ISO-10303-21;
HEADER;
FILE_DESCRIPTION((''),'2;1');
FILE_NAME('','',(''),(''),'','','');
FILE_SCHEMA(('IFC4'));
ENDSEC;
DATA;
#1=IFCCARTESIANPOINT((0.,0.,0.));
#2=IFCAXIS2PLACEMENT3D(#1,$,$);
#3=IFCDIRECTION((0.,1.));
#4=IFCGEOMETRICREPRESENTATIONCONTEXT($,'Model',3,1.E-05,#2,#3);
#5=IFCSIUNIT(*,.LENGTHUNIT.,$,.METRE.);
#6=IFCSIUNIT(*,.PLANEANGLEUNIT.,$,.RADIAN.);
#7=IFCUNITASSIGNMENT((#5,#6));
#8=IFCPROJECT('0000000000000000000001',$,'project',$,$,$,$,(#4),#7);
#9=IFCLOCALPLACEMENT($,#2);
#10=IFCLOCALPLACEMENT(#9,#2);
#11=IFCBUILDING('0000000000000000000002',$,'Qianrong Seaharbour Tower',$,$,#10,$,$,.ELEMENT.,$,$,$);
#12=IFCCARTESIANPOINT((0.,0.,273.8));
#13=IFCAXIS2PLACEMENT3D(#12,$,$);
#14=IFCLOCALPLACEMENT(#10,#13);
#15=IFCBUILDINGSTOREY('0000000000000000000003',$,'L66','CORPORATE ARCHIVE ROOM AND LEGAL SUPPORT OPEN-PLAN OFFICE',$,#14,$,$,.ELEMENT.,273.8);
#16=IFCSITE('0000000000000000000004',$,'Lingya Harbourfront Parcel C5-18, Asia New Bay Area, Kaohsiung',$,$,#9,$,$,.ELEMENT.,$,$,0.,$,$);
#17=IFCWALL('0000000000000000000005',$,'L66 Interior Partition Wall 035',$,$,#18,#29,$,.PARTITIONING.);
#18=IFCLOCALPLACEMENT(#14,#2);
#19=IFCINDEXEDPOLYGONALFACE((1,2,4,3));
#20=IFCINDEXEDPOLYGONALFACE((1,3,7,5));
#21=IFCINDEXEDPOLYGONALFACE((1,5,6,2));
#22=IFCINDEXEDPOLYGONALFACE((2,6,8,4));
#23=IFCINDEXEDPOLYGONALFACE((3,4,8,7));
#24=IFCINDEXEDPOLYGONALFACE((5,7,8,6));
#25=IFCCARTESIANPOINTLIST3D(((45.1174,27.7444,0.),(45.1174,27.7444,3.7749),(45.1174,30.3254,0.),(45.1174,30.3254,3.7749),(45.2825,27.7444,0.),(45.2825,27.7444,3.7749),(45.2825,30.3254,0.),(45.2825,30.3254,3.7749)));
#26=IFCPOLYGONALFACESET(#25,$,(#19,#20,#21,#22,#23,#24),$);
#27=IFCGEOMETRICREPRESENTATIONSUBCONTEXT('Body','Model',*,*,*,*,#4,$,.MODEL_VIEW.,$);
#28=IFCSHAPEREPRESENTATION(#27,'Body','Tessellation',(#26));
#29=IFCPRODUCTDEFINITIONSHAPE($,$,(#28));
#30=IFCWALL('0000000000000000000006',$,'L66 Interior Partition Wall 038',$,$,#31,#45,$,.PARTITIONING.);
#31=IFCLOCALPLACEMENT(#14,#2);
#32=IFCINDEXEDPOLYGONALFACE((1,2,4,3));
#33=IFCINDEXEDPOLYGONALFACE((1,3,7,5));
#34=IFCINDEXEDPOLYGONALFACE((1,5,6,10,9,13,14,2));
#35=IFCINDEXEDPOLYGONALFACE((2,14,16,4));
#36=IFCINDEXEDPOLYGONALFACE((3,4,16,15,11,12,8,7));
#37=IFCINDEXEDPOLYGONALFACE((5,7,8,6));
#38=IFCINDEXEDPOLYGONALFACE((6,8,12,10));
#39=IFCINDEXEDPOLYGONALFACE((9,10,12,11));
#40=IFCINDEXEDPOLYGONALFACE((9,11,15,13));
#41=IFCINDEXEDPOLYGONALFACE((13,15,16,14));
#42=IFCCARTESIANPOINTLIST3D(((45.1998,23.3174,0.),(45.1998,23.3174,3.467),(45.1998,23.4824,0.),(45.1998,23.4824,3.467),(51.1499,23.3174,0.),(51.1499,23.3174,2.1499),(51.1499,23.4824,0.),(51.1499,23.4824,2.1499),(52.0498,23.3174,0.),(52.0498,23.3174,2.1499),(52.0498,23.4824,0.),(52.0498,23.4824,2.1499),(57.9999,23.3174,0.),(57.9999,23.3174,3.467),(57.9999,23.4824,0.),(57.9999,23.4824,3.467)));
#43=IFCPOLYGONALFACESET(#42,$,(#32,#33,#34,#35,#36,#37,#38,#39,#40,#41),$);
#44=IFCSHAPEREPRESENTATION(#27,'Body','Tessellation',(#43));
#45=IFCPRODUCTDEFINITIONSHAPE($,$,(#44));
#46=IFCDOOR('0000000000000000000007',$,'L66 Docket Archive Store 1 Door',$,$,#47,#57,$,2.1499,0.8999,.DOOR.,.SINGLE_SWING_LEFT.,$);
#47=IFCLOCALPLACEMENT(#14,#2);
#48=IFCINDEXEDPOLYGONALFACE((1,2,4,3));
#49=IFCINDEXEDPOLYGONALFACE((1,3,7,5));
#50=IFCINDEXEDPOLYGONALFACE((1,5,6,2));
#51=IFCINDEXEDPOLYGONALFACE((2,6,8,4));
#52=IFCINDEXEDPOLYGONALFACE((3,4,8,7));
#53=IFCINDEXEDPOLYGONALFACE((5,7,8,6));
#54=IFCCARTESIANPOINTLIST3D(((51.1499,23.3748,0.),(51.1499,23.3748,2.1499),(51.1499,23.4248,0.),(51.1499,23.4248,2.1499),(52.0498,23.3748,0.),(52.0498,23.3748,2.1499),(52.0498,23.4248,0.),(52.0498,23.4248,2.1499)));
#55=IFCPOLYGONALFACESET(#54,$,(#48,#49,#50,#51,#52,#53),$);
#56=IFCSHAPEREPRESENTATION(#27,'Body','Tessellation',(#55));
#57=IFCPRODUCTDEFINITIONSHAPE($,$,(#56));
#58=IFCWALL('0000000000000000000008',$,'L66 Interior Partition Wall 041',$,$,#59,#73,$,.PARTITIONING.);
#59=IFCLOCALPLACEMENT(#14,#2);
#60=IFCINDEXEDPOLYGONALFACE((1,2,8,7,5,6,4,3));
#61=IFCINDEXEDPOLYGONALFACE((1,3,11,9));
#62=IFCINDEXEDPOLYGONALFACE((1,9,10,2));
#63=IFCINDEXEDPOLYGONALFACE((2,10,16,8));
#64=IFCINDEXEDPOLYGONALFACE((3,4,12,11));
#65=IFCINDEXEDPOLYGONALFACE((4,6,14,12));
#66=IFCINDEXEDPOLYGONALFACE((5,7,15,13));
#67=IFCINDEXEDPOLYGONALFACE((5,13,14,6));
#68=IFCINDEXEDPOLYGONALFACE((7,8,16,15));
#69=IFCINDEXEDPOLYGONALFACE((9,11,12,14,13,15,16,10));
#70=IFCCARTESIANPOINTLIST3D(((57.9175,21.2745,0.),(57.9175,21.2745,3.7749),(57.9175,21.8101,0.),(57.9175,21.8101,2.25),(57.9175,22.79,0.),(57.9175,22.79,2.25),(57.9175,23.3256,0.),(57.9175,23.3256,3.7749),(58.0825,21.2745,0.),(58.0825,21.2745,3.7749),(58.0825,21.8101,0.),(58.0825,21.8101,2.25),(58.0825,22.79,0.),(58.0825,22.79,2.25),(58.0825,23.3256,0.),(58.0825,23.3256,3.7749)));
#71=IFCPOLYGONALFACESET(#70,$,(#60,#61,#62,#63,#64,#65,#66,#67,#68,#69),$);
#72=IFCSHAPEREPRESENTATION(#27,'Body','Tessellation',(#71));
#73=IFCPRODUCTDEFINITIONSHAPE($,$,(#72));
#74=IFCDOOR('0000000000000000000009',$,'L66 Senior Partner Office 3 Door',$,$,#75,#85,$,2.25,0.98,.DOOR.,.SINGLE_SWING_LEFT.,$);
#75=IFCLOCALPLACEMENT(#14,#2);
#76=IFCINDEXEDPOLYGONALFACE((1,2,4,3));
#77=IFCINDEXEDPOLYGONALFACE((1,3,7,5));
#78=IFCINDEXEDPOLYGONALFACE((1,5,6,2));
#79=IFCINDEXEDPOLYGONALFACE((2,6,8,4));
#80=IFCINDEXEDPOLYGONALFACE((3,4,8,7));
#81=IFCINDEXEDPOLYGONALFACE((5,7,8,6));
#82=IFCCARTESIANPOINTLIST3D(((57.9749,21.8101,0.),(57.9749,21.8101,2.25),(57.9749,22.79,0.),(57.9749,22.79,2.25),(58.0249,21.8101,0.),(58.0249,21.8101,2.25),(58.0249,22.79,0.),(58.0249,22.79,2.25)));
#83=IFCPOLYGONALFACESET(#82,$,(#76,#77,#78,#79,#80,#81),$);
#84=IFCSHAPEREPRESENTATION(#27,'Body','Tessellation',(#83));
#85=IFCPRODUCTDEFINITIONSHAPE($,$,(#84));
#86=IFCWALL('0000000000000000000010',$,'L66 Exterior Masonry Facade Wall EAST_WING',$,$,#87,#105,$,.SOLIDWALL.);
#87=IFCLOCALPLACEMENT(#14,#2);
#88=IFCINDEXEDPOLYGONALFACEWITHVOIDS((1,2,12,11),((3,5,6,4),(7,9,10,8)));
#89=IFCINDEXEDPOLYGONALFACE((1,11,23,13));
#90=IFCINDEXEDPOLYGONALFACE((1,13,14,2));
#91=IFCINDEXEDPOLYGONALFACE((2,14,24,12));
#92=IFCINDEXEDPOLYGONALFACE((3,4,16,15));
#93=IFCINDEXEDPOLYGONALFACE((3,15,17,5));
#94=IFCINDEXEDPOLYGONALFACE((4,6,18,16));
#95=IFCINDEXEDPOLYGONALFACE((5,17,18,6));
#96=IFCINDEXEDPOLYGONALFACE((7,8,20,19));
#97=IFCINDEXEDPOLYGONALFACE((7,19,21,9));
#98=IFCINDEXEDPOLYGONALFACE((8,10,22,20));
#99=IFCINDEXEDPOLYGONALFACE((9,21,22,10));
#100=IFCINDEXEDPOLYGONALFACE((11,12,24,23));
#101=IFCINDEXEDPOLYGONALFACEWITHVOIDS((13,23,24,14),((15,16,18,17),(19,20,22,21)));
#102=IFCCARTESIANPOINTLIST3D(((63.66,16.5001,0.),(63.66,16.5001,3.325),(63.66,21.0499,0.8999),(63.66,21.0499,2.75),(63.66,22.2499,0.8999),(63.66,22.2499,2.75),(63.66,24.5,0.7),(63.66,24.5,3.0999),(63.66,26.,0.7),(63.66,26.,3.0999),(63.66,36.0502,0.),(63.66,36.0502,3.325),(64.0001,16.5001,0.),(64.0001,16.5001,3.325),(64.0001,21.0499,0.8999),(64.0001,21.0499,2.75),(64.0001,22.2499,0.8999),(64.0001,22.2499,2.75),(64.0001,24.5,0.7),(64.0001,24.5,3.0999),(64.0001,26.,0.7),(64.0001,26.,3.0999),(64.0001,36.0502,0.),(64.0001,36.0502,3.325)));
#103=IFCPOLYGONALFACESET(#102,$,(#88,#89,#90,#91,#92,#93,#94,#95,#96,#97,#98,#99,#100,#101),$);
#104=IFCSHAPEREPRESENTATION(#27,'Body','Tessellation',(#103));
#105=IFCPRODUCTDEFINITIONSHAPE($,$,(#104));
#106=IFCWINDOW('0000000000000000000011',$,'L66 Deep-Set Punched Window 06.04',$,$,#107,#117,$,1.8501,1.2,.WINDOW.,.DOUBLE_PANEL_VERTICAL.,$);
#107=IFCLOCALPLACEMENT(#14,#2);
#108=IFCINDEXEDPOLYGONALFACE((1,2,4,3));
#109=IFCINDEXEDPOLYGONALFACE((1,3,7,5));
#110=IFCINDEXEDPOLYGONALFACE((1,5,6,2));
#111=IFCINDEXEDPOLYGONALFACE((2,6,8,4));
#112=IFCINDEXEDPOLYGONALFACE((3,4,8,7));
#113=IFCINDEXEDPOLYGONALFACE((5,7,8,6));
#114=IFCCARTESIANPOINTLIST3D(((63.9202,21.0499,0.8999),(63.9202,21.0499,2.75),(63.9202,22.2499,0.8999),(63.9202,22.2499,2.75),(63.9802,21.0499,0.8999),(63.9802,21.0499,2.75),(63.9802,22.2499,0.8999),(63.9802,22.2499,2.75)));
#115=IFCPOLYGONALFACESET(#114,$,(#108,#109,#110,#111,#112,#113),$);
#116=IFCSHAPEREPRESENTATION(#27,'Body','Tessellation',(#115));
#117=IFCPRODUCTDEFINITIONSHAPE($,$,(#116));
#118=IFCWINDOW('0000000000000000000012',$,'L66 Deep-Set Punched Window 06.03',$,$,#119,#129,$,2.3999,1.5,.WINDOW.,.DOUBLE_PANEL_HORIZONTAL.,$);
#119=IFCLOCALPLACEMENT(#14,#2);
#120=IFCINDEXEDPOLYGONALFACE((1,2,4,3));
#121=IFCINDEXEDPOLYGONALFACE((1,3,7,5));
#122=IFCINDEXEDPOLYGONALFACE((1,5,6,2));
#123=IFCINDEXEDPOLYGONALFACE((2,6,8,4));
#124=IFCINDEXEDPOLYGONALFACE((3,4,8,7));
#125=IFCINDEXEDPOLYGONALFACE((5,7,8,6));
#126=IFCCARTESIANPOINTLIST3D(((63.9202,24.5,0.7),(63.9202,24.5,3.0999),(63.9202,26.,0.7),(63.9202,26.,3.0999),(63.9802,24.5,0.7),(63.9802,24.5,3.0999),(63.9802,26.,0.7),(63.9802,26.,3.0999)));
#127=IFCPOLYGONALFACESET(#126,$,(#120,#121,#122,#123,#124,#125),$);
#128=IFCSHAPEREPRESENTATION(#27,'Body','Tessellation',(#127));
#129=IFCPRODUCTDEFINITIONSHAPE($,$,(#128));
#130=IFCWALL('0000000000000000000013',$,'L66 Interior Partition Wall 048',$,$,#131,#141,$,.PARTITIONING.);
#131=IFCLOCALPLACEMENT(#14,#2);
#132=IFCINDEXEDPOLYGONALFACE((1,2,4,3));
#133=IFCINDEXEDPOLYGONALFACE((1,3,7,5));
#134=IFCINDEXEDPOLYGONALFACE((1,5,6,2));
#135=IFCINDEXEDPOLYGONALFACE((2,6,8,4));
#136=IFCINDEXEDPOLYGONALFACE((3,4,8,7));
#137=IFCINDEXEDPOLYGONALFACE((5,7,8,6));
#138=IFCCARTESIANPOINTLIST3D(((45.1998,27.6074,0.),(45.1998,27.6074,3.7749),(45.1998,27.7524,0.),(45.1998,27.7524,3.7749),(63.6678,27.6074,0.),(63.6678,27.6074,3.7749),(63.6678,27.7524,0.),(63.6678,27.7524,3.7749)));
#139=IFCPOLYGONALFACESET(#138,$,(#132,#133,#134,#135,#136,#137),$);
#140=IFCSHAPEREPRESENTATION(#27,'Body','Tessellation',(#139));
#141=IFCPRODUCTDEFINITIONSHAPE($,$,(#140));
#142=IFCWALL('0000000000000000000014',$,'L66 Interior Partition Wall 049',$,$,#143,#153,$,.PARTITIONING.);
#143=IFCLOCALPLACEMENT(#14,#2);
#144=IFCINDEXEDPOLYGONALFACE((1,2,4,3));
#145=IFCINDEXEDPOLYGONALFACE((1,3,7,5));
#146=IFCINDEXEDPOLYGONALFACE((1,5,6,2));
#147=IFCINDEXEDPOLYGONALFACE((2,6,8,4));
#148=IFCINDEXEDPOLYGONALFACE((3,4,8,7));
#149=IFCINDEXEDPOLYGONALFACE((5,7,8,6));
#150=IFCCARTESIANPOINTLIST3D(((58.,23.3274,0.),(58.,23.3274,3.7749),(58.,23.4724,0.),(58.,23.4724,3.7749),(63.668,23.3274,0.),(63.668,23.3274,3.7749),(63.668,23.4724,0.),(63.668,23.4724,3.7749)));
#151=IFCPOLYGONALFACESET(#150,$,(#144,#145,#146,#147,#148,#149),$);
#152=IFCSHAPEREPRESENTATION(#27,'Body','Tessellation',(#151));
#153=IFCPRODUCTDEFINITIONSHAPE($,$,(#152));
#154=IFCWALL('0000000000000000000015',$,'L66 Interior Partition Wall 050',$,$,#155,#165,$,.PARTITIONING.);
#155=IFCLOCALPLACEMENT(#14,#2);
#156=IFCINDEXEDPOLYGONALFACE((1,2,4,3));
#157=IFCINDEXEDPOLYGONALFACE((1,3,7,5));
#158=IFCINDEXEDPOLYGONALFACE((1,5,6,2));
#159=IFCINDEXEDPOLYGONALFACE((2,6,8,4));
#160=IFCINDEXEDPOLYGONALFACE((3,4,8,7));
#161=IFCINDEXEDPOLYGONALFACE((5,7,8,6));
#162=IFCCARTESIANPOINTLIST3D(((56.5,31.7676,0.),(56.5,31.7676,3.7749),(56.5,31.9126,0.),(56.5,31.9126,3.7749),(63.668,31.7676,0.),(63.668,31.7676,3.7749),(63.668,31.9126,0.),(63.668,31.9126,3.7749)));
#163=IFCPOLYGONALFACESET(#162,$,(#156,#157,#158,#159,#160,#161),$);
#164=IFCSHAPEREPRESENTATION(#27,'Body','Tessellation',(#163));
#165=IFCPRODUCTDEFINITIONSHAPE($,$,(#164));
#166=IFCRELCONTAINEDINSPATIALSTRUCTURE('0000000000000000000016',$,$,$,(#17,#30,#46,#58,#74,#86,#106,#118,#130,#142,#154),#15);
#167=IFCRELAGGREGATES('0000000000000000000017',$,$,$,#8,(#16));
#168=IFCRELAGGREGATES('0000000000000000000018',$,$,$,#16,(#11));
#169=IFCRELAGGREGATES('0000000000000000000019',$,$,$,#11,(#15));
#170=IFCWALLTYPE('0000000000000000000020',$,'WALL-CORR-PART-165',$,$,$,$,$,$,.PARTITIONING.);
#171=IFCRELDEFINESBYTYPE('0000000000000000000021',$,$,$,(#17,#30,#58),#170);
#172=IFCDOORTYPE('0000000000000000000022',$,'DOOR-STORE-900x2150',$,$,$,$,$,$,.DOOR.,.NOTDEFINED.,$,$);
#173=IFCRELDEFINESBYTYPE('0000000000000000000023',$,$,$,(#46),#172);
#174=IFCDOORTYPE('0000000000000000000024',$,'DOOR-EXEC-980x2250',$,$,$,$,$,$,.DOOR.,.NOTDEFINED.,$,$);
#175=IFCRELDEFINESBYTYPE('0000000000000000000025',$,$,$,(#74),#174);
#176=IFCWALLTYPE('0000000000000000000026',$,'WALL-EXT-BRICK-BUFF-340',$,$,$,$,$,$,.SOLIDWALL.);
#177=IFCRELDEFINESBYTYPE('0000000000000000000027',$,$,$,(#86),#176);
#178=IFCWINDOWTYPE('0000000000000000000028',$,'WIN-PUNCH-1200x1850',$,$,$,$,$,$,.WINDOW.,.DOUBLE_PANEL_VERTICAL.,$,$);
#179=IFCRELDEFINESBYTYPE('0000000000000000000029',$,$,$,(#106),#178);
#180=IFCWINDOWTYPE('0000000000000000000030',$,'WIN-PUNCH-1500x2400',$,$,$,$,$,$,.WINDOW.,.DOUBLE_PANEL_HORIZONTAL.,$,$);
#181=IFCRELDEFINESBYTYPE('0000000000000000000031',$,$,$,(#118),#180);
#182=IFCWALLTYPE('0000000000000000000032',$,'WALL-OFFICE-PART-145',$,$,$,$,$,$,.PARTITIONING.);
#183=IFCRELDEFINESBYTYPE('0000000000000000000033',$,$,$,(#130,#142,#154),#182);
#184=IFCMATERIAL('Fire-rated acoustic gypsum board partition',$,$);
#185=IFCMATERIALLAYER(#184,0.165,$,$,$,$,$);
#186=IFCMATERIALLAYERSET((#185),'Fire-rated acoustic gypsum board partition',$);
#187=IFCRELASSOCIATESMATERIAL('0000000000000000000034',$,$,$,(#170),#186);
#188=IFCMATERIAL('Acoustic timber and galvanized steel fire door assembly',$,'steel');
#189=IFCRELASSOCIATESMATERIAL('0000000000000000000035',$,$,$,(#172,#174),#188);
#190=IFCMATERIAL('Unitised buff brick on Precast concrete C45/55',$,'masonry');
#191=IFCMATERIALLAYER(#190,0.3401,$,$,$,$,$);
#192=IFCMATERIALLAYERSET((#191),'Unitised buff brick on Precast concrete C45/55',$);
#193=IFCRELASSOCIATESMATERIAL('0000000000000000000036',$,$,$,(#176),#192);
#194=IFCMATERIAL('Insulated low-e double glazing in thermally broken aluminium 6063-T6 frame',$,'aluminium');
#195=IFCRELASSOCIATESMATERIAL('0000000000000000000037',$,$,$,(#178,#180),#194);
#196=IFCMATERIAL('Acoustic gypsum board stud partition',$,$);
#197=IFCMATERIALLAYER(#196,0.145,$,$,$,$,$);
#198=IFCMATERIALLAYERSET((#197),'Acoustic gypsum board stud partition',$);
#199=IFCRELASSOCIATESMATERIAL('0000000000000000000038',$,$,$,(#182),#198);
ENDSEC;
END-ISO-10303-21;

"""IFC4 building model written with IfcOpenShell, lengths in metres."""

from ifc_helpers import new_model, si_unit, direction, frame, frame_2d, origin, place, context, subcontext, project, spatial, rectangle, extrude, material, layer, layer_set, type_object, element, fill, save


model = new_model("IFC4")

# Units and contexts
model_context = context("Model", 3, precision=1e-05, world=origin(), true_north=direction((0.0, 1.0)))
body_context = subcontext(model_context, "Body", "Model", "MODEL_VIEW")
ifc_project = project(units=[si_unit("LENGTHUNIT", "METRE"), si_unit("PLANEANGLEUNIT", "RADIAN")], contexts=[model_context])

# Site, building, storey
site_placement = place(None, origin())
site = spatial("IfcSite", under=ifc_project, at=site_placement, Name="Lingya Harbourfront Parcel C5-18, Asia New Bay Area, Kaohsiung", CompositionType="ELEMENT", RefElevation=0.0)
building_placement = place(site_placement, origin())
building = spatial("IfcBuilding", under=site, at=building_placement, Name="Qianrong Seaharbour Tower", CompositionType="ELEMENT")
storey_placement = place(building_placement, frame((0.0, 0.0, 273.8)))
storey = spatial("IfcBuildingStorey", under=building, at=storey_placement, Name="L66", Description="CORPORATE ARCHIVE ROOM AND LEGAL SUPPORT OPEN-PLAN OFFICE", CompositionType="ELEMENT", Elevation=273.8)

# Shared definitions
ifc_material_1 = material(Name="Fire-rated acoustic gypsum board partition")
ifc_layer_1 = layer(ifc_material_1, 0.165)
ifc_layer_set_1 = layer_set([ifc_layer_1], Name="Fire-rated acoustic gypsum board partition")
wall_type_1 = type_object("IfcWallType", Name="WALL-CORR-PART-165", PredefinedType="PARTITIONING", material=ifc_layer_set_1)

# Shared definitions
ifc_material_2 = material(Name="Acoustic timber and galvanized steel fire door assembly", Category="steel")
door_type_1 = type_object("IfcDoorType", Name="DOOR-STORE-900x2150", OperationType="NOTDEFINED", PredefinedType="DOOR", material=ifc_material_2)

# Wall
wall_1_placement = place(storey_placement, frame((45.2, 30.3254, 0.0), z_axis=(0.0, 0.0, 1.0), x_axis=(0.0, -1.0, 0.0)))
element("IfcWall", 1, at=wall_1_placement, inside=storey, type_object=wall_type_1, Name="L66 Interior Partition Wall 035", PredefinedType="PARTITIONING", context=body_context, shape_type="SweptSolid", body=[
    extrude(rectangle(XDim=2.5811, YDim=0.165, at=frame_2d((1.2905, 0.0))), origin(), (0.0, 0.0, 1.0), 3.7749),
])

# Walls, openings, doors
wall_2_placement = place(storey_placement, frame((45.2, 23.3999, 0.0), z_axis=(0.0, 0.0, 1.0), x_axis=(1.0, 0.0, 0.0)))
wall_2 = element("IfcWall", 2, at=wall_2_placement, inside=storey, type_object=wall_type_1, Name="L66 Interior Partition Wall 038", PredefinedType="PARTITIONING", context=body_context, shape_type="SweptSolid", body=[
    extrude(rectangle(XDim=12.8, YDim=0.165, at=frame_2d((6.3999, 0.0))), origin(), (0.0, 0.0, 1.0), 3.467),
])
opening_1_placement = place(wall_2_placement, frame((5.95, 0.0, 0.0)))
opening_1 = element("IfcOpeningElement", 3, at=opening_1_placement, cuts=wall_2, PredefinedType="OPENING", context=body_context, shape_type="SweptSolid", body=[
    extrude(rectangle(XDim=0.8999, YDim=2.1499, at=frame_2d((0.45, 1.075))), frame((0.0, 0.0925, 0.0), z_axis=(0.0, -1.0, 0.0), x_axis=(1.0, 0.0, 0.0)), (0.0, 0.0, 1.0), 0.1851),
])
door_1_placement = place(opening_1_placement, origin())
door_1 = element("IfcDoor", 4, at=door_1_placement, inside=storey, type_object=door_type_1, Name="L66 Docket Archive Store 1 Door", OperationType="SINGLE_SWING_LEFT", OverallHeight=2.1499, OverallWidth=0.8999, PredefinedType="DOOR", context=body_context, shape_type="SweptSolid", body=[
    extrude(rectangle(XDim=0.8999, YDim=2.1499, at=frame_2d((0.45, 1.075))), frame((0.0, 0.0249, 0.0), z_axis=(0.0, -1.0, 0.0), x_axis=(1.0, 0.0, 0.0)), (0.0, 0.0, 1.0), 0.05),
])
fill(opening_1, door_1)
wall_3_placement = place(storey_placement, frame((58.0, 23.3254, 0.0), z_axis=(0.0, 0.0, 1.0), x_axis=(0.0, -1.0, 0.0)))
wall_3 = element("IfcWall", 5, at=wall_3_placement, inside=storey, type_object=wall_type_1, Name="L66 Interior Partition Wall 041", PredefinedType="PARTITIONING", context=body_context, shape_type="SweptSolid", body=[
    extrude(rectangle(XDim=2.051, YDim=0.165, at=frame_2d((1.0254, 0.0))), origin(), (0.0, 0.0, 1.0), 3.7749),
])
opening_2_placement = place(wall_3_placement, frame((0.5354, 0.0, 0.0)))
opening_2 = element("IfcOpeningElement", 6, at=opening_2_placement, cuts=wall_3, PredefinedType="OPENING", context=body_context, shape_type="SweptSolid", body=[
    extrude(rectangle(XDim=0.98, YDim=2.25, at=frame_2d((0.49, 1.125))), frame((0.0, 0.0925, 0.0), z_axis=(0.0, -1.0, 0.0), x_axis=(1.0, 0.0, 0.0)), (0.0, 0.0, 1.0), 0.1851),
])
door_type_2 = type_object("IfcDoorType", Name="DOOR-EXEC-980x2250", OperationType="NOTDEFINED", PredefinedType="DOOR", material=ifc_material_2)
door_2_placement = place(opening_2_placement, origin())
door_2 = element("IfcDoor", 7, at=door_2_placement, inside=storey, type_object=door_type_2, Name="L66 Senior Partner Office 3 Door", OperationType="SINGLE_SWING_LEFT", OverallHeight=2.25, OverallWidth=0.98, PredefinedType="DOOR", context=body_context, shape_type="SweptSolid", body=[
    extrude(rectangle(XDim=0.98, YDim=2.25, at=frame_2d((0.49, 1.125))), frame((0.0, 0.0249, 0.0), z_axis=(0.0, -1.0, 0.0), x_axis=(1.0, 0.0, 0.0)), (0.0, 0.0, 1.0), 0.05),
])
fill(opening_2, door_2)

# Wall, openings, windows
ifc_material_3 = material(Name="Unitised buff brick on Precast concrete C45/55", Category="masonry")
ifc_layer_2 = layer(ifc_material_3, 0.3401)
ifc_layer_set_2 = layer_set([ifc_layer_2], Name="Unitised buff brick on Precast concrete C45/55")
wall_type_2 = type_object("IfcWallType", Name="WALL-EXT-BRICK-BUFF-340", PredefinedType="SOLIDWALL", material=ifc_layer_set_2)
wall_4_placement = place(storey_placement, frame((63.8301, 36.05, 0.0), z_axis=(0.0, 0.0, 1.0), x_axis=(0.0, -1.0, 0.0)))
wall_4 = element("IfcWall", 8, at=wall_4_placement, inside=storey, type_object=wall_type_2, Name="L66 Exterior Masonry Facade Wall EAST_WING", PredefinedType="SOLIDWALL", context=body_context, shape_type="SweptSolid", body=[
    extrude(rectangle(XDim=19.55, YDim=0.3401, at=frame_2d((9.7749, 0.0))), origin(), (0.0, 0.0, 1.0), 3.325),
])
opening_3_placement = place(wall_4_placement, frame((10.05, 0.0, 0.7)))
opening_3 = element("IfcOpeningElement", 9, at=opening_3_placement, cuts=wall_4, PredefinedType="OPENING", context=body_context, shape_type="SweptSolid", body=[
    extrude(rectangle(XDim=1.5, YDim=2.3999, at=frame_2d((0.75, 1.2))), frame((0.0, 0.1802, 0.0), z_axis=(0.0, -1.0, 0.0), x_axis=(1.0, 0.0, 0.0)), (0.0, 0.0, 1.0), 0.3601),
])
opening_4_placement = place(wall_4_placement, frame((13.8, 0.0, 0.8999)))
opening_4 = element("IfcOpeningElement", 10, at=opening_4_placement, cuts=wall_4, PredefinedType="OPENING", context=body_context, shape_type="SweptSolid", body=[
    extrude(rectangle(XDim=1.2, YDim=1.8501, at=frame_2d((0.6001, 0.925))), frame((0.0, 0.1802, 0.0), z_axis=(0.0, -1.0, 0.0), x_axis=(1.0, 0.0, 0.0)), (0.0, 0.0, 1.0), 0.3601),
])
ifc_material_4 = material(Name="Insulated low-e double glazing in thermally broken aluminium 6063-T6 frame", Category="aluminium")
window_type_1 = type_object("IfcWindowType", Name="WIN-PUNCH-1200x1850", PartitioningType="DOUBLE_PANEL_VERTICAL", PredefinedType="WINDOW", material=ifc_material_4)
window_1_placement = place(opening_4_placement, origin())
window_1 = element("IfcWindow", 11, at=window_1_placement, inside=storey, type_object=window_type_1, Name="L66 Deep-Set Punched Window 06.04", OverallHeight=1.8501, OverallWidth=1.2, PartitioningType="DOUBLE_PANEL_VERTICAL", PredefinedType="WINDOW", context=body_context, shape_type="SweptSolid", body=[
    extrude(rectangle(XDim=1.2, YDim=1.8501, at=frame_2d((0.6001, 0.925))), frame((0.0, 0.1501, 0.0), z_axis=(0.0, -1.0, 0.0), x_axis=(1.0, 0.0, 0.0)), (0.0, 0.0, 1.0), 0.0601),
])
fill(opening_4, window_1)
window_type_2 = type_object("IfcWindowType", Name="WIN-PUNCH-1500x2400", PartitioningType="DOUBLE_PANEL_HORIZONTAL", PredefinedType="WINDOW", material=ifc_material_4)
window_2_placement = place(opening_3_placement, origin())
window_2 = element("IfcWindow", 12, at=window_2_placement, inside=storey, type_object=window_type_2, Name="L66 Deep-Set Punched Window 06.03", OverallHeight=2.3999, OverallWidth=1.5, PartitioningType="DOUBLE_PANEL_HORIZONTAL", PredefinedType="WINDOW", context=body_context, shape_type="SweptSolid", body=[
    extrude(rectangle(XDim=1.5, YDim=2.3999, at=frame_2d((0.75, 1.2))), frame((0.0, 0.1501, 0.0), z_axis=(0.0, -1.0, 0.0), x_axis=(1.0, 0.0, 0.0)), (0.0, 0.0, 1.0), 0.0601),
])
fill(opening_3, window_2)

# Walls
ifc_material_5 = material(Name="Acoustic gypsum board stud partition")
ifc_layer_3 = layer(ifc_material_5, 0.145)
ifc_layer_set_3 = layer_set([ifc_layer_3], Name="Acoustic gypsum board stud partition")
wall_type_3 = type_object("IfcWallType", Name="WALL-OFFICE-PART-145", PredefinedType="PARTITIONING", material=ifc_layer_set_3)
wall_5_placement = place(storey_placement, frame((45.2, 27.6799, 0.0), z_axis=(0.0, 0.0, 1.0), x_axis=(1.0, 0.0, 0.0)))
element("IfcWall", 13, at=wall_5_placement, inside=storey, type_object=wall_type_3, Name="L66 Interior Partition Wall 048", PredefinedType="PARTITIONING", context=body_context, shape_type="SweptSolid", body=[
    extrude(rectangle(XDim=18.468, YDim=0.145, at=frame_2d((9.2339, 0.0))), origin(), (0.0, 0.0, 1.0), 3.7749),
])
wall_6_placement = place(storey_placement, frame((63.668, 23.3999, 0.0), z_axis=(0.0, 0.0, 1.0), x_axis=(-1.0, 0.0, 0.0)))
element("IfcWall", 14, at=wall_6_placement, inside=storey, type_object=wall_type_3, Name="L66 Interior Partition Wall 049", PredefinedType="PARTITIONING", context=body_context, shape_type="SweptSolid", body=[
    extrude(rectangle(XDim=5.668, YDim=0.145, at=frame_2d((2.834, 0.0))), origin(), (0.0, 0.0, 1.0), 3.7749),
])
wall_7_placement = place(storey_placement, frame((56.5, 31.8401, 0.0), z_axis=(0.0, 0.0, 1.0), x_axis=(1.0, 0.0, 0.0)))
element("IfcWall", 15, at=wall_7_placement, inside=storey, type_object=wall_type_3, Name="L66 Interior Partition Wall 050", PredefinedType="PARTITIONING", context=body_context, shape_type="SweptSolid", body=[
    extrude(rectangle(XDim=7.168, YDim=0.145, at=frame_2d((3.584, 0.0))), origin(), (0.0, 0.0, 1.0), 3.7749),
])

save(model, "model.ifc")
